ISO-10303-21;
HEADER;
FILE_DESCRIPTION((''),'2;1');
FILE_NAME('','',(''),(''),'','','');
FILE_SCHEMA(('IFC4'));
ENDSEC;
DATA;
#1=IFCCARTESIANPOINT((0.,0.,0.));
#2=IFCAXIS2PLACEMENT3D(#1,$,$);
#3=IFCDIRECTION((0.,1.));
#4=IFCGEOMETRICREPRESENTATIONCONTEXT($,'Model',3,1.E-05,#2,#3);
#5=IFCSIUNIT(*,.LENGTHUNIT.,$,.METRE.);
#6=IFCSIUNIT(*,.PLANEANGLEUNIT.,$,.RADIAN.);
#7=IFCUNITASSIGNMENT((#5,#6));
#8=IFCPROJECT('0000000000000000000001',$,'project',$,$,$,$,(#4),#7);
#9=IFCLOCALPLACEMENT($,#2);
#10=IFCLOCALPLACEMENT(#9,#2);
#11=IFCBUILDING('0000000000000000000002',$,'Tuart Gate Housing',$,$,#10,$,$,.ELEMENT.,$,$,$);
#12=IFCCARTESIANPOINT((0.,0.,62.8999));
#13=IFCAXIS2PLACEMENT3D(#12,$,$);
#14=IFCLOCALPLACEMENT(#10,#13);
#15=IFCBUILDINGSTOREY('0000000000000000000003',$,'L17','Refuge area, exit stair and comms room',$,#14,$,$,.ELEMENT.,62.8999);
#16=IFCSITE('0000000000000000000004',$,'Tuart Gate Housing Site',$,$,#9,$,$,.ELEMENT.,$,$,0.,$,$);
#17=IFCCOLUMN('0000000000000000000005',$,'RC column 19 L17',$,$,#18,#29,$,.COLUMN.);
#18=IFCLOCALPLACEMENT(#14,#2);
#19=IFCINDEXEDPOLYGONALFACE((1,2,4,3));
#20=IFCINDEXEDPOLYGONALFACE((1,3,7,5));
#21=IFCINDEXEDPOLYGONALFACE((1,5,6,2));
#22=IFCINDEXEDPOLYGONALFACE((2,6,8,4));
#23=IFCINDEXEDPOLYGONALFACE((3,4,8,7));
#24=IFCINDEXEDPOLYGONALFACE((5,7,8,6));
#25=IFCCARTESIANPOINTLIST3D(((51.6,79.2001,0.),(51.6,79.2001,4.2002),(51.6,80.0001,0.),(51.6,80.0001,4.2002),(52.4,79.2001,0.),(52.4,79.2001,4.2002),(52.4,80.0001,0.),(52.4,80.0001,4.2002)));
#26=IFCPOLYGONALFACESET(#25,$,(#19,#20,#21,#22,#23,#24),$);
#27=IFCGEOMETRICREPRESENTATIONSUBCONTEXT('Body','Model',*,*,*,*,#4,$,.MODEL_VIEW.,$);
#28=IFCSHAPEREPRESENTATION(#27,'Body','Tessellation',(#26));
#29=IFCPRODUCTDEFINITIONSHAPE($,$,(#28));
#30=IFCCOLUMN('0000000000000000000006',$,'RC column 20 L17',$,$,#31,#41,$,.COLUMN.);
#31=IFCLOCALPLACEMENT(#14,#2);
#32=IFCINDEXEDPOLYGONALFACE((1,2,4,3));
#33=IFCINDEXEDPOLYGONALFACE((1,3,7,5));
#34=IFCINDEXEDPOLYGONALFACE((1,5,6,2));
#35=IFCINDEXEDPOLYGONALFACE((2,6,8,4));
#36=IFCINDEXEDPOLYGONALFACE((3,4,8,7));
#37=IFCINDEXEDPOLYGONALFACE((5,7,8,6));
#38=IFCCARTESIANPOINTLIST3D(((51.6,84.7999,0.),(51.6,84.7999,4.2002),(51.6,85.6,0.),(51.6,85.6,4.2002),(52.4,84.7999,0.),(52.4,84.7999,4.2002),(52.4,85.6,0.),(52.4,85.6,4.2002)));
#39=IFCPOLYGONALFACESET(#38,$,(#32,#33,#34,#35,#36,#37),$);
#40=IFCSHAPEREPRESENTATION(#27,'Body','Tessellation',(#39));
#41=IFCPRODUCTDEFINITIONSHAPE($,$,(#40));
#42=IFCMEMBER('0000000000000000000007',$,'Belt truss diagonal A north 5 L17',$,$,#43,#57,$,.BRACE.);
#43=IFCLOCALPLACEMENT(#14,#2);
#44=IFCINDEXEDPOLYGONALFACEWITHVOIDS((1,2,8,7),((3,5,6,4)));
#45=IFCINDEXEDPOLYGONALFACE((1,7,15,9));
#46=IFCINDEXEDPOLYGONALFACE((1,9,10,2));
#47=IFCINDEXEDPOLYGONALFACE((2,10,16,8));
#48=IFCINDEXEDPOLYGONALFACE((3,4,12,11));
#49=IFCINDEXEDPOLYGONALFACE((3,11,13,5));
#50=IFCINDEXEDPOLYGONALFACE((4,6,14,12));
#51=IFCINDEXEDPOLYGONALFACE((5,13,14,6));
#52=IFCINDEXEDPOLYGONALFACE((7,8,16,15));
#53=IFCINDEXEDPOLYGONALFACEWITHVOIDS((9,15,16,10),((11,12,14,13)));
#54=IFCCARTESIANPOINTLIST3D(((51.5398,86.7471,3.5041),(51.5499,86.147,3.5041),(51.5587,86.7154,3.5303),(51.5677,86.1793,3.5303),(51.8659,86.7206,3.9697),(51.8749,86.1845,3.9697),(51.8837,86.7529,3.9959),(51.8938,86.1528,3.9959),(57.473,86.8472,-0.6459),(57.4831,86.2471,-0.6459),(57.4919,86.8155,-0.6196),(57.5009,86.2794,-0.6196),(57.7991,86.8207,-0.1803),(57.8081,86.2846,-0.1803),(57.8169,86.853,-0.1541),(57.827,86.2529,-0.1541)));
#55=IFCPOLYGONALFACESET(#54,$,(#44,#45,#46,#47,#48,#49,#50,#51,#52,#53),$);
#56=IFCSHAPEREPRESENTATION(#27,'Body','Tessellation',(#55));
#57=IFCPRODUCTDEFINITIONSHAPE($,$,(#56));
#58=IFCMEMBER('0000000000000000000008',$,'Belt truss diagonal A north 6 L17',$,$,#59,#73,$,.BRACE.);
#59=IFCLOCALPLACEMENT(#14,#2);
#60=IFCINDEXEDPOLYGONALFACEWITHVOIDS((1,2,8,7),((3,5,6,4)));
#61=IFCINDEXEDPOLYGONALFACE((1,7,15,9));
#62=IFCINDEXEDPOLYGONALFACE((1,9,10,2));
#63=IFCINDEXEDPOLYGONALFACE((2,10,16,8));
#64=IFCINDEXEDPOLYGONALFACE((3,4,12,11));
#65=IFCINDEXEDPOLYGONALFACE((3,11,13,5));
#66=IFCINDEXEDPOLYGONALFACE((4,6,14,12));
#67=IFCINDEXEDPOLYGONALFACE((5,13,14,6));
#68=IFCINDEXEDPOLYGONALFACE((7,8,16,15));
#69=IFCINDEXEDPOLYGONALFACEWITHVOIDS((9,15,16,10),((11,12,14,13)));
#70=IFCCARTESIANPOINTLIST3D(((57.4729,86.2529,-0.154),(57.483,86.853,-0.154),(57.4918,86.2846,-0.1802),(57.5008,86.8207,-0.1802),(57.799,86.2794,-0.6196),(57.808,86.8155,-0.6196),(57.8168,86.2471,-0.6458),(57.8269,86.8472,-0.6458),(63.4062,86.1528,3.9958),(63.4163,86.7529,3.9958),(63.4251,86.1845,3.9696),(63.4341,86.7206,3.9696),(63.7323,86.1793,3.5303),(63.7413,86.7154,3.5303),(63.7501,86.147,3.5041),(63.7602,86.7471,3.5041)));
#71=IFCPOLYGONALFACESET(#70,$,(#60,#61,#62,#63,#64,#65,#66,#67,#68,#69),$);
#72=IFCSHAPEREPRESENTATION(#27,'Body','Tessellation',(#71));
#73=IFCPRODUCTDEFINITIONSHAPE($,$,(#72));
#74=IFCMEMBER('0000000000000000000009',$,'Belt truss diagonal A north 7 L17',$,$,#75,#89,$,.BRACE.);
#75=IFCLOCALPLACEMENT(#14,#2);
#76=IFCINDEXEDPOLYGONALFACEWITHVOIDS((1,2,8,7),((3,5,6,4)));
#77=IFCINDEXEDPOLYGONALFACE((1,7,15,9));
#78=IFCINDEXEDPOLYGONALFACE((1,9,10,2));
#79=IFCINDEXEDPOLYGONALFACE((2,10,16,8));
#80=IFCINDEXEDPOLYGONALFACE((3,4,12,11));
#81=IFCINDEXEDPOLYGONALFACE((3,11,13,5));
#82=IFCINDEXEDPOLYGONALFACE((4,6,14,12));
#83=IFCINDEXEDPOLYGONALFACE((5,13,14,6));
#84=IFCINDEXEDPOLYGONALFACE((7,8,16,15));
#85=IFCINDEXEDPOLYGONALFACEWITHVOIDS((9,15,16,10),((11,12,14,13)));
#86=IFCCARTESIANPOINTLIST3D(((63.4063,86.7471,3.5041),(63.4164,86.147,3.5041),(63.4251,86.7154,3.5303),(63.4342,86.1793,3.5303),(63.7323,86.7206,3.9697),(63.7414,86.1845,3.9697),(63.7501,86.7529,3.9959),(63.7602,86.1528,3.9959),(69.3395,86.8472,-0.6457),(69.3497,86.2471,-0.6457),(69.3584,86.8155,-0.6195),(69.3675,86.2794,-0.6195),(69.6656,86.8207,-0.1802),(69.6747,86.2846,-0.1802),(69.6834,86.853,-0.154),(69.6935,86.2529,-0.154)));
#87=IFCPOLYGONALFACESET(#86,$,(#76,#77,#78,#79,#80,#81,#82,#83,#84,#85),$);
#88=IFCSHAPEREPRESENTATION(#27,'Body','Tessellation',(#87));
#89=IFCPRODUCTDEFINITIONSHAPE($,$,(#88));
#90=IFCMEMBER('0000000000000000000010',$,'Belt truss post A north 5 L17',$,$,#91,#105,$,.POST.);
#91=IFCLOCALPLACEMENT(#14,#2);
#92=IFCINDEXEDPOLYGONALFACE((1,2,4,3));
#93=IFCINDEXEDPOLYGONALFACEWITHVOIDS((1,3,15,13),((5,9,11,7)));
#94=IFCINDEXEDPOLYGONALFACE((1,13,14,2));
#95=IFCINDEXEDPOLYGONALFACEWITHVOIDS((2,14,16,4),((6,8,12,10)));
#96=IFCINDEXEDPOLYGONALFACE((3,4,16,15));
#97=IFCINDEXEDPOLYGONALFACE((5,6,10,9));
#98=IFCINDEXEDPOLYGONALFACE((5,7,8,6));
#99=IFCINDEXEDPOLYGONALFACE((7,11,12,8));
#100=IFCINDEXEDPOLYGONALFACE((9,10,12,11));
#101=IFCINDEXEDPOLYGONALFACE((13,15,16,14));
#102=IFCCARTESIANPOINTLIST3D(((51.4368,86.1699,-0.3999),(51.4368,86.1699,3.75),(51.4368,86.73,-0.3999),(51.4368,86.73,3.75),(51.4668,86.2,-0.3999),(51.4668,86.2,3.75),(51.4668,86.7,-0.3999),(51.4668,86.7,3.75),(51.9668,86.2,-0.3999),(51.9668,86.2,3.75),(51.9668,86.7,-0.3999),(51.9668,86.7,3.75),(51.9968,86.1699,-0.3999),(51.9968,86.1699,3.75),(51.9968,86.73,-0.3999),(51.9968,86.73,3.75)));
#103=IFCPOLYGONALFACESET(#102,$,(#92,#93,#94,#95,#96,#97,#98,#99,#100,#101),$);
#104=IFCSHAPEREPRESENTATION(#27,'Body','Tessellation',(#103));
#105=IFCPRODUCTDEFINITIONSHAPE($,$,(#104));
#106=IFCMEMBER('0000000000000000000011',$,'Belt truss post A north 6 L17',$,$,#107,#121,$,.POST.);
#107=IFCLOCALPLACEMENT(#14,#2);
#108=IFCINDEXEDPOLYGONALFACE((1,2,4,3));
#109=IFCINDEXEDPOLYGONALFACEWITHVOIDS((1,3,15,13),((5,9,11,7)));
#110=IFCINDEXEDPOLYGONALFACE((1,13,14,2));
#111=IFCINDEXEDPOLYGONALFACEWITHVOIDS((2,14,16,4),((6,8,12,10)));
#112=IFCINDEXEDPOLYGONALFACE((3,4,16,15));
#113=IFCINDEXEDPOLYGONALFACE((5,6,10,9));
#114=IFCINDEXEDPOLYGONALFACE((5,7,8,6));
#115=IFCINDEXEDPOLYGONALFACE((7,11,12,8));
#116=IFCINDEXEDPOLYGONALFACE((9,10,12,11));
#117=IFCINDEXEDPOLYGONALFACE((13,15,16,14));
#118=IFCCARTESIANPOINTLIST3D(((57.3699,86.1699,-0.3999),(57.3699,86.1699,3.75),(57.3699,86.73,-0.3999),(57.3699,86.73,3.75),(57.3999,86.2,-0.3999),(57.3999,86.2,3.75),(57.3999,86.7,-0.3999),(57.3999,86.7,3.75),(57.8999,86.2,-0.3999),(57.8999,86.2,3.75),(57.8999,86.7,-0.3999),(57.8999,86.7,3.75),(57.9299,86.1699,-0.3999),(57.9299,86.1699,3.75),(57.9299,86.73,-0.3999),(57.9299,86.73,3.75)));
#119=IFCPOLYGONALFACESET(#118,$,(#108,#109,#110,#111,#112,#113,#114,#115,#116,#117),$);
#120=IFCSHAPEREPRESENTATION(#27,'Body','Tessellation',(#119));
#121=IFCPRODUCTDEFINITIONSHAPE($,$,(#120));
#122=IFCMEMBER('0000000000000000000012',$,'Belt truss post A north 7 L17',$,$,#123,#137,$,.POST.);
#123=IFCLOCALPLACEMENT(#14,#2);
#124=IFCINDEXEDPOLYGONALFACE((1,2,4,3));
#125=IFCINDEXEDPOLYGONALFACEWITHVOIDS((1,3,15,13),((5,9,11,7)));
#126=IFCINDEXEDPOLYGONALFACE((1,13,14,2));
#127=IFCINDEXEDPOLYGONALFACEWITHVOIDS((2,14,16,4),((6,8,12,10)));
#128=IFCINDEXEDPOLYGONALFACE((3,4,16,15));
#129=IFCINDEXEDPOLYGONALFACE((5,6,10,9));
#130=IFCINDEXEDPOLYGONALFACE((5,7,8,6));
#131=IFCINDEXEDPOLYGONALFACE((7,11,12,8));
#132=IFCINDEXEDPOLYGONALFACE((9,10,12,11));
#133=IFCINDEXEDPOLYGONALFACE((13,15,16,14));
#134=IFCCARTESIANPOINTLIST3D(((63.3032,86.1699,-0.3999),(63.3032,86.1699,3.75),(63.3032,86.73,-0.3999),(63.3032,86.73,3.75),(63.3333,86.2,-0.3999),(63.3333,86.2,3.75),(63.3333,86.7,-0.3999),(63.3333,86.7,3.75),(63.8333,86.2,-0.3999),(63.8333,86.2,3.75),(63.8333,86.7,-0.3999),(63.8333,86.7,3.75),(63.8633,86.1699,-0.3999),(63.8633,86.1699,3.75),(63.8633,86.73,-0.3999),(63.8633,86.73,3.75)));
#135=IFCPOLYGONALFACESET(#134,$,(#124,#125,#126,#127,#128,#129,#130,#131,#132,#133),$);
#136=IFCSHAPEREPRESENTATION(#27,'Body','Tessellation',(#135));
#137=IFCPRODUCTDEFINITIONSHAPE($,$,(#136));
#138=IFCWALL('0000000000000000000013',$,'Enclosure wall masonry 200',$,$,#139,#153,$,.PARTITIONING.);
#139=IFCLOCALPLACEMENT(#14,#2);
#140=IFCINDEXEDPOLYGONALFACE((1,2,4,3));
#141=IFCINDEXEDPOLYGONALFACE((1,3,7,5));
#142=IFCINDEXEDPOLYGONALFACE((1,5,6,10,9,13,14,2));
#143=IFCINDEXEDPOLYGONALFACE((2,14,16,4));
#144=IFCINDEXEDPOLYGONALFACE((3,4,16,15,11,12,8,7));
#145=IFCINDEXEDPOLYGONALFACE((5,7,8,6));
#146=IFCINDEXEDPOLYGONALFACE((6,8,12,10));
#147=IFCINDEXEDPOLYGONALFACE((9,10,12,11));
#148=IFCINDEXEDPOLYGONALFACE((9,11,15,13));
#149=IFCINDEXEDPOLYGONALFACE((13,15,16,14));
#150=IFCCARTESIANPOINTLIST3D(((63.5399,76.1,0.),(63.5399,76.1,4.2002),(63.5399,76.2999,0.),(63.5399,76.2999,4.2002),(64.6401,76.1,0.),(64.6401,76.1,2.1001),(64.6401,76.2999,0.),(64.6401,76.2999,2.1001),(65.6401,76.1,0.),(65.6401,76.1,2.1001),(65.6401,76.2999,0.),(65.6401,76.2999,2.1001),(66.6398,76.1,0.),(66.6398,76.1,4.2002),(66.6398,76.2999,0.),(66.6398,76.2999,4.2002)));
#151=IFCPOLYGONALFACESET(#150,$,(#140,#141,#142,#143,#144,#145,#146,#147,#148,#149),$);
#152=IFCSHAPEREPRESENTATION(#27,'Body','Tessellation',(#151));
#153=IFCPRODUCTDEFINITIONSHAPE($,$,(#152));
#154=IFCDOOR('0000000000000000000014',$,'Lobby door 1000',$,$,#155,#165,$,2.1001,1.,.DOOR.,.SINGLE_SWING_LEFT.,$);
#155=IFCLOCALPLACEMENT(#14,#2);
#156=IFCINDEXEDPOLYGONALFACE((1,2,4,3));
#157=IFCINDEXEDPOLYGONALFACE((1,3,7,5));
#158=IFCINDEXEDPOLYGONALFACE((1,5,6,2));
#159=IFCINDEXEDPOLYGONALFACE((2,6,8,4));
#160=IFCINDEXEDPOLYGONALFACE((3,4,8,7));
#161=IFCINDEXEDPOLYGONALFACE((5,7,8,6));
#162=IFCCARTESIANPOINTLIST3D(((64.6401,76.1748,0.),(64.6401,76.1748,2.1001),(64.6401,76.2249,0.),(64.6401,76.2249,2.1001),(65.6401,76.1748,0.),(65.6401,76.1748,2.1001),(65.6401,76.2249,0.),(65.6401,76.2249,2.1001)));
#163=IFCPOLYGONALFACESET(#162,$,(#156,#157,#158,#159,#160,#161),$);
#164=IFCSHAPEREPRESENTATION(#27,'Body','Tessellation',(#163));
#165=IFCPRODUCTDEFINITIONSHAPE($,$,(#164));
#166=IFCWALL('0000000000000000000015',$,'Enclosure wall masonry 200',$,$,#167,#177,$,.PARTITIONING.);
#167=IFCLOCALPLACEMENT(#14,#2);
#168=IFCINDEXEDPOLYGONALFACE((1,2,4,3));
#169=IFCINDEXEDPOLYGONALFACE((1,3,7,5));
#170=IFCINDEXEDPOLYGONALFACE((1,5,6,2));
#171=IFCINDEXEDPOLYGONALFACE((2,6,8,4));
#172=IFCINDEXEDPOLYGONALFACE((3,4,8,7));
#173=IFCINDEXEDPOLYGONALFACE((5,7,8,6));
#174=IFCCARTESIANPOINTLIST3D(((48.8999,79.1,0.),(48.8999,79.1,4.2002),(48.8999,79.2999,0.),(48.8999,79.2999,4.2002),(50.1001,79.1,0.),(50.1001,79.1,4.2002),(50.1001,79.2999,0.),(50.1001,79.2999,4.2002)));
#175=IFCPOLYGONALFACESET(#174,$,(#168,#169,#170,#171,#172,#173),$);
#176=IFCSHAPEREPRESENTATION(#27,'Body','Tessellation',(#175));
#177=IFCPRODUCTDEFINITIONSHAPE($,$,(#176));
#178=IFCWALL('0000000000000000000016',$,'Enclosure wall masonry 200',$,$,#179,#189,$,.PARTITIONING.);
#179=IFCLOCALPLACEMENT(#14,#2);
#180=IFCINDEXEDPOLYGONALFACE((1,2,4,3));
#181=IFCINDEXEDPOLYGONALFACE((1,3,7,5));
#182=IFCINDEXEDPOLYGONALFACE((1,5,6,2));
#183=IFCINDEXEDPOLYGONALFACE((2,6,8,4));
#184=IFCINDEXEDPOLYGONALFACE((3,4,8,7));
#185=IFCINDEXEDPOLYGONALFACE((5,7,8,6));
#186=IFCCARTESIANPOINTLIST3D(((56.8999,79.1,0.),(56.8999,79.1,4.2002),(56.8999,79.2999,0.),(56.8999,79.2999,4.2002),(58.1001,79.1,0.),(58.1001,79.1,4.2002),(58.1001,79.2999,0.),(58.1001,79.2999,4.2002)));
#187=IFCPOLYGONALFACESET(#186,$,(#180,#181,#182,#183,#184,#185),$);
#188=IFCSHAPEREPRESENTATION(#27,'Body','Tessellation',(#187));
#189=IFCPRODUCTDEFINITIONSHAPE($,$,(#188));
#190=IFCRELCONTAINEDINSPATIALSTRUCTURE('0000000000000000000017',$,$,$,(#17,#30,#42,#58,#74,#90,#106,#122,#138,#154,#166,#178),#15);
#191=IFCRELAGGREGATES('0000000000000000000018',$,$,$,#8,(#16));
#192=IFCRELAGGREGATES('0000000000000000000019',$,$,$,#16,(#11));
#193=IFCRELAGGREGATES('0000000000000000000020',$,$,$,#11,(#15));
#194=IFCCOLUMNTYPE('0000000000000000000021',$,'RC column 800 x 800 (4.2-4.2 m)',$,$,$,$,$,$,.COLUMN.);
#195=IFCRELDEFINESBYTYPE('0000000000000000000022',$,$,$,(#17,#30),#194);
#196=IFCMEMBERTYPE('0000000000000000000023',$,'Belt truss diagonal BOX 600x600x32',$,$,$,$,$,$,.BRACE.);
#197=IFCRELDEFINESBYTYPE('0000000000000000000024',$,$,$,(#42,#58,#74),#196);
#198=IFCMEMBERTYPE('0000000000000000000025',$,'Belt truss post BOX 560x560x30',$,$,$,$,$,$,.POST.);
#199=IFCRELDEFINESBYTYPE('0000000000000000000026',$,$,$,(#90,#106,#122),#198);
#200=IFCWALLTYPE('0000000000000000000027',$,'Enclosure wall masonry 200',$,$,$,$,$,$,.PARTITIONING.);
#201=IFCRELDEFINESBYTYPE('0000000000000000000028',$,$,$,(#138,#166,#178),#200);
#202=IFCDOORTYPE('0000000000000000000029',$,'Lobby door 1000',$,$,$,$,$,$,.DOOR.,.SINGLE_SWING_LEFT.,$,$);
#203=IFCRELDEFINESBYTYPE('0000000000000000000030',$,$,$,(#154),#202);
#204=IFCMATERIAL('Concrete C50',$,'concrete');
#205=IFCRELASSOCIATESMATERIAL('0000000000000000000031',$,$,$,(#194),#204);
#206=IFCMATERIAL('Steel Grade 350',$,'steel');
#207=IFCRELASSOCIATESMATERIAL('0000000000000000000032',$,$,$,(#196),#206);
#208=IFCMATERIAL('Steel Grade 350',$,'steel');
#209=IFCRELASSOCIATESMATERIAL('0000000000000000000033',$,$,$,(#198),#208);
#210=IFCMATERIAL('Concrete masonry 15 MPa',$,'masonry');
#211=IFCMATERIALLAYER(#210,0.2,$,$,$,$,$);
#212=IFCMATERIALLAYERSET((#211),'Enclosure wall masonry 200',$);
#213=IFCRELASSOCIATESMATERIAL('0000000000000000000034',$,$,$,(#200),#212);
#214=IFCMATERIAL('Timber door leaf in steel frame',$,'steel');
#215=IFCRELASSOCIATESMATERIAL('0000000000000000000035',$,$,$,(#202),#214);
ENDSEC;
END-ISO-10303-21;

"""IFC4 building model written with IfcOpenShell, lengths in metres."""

from ifc_helpers import new_model, si_unit, direction, frame, frame_2d, origin, origin_2d, place, context, subcontext, project, spatial, rectangle, hollow_rectangle, extrude, material, layer, layer_set, material_profile, profile_set, type_object, element, fill, save


model = new_model("IFC4")

# Units and contexts
model_context = context("Model", 3, precision=1e-05, world=origin(), true_north=direction((0.0, 1.0)))
body_context = subcontext(model_context, "Body", "Model", "MODEL_VIEW")
ifc_project = project(units=[si_unit("LENGTHUNIT", "METRE"), si_unit("PLANEANGLEUNIT", "RADIAN")], contexts=[model_context])

# Site, building, storey
site_placement = place(None, origin())
site = spatial("IfcSite", under=ifc_project, at=site_placement, Name="Tuart Gate Housing Site", CompositionType="ELEMENT", RefElevation=0.0)
building_placement = place(site_placement, origin())
building = spatial("IfcBuilding", under=site, at=building_placement, Name="Tuart Gate Housing", CompositionType="ELEMENT")
storey_placement = place(building_placement, frame((0.0, 0.0, 62.8999)))
storey = spatial("IfcBuildingStorey", under=building, at=storey_placement, Name="L17", Description="Refuge area, exit stair and comms room", CompositionType="ELEMENT", Elevation=62.8999)

# Columns
ifc_material_1 = material(Name="Concrete C50", Category="concrete")
ifc_material_profile_1 = material_profile(ifc_material_1, rectangle(XDim=0.8, YDim=0.8, at=origin_2d()), Name="RC column 800 x 800 (4.2-4.2 m)")
ifc_profile_set_1 = profile_set([ifc_material_profile_1], Name="Concrete C50")
column_type = type_object("IfcColumnType", Name="RC column 800 x 800 (4.2-4.2 m)", PredefinedType="COLUMN", material=ifc_profile_set_1)
for number, where, z_axis, x_axis, name in (
    (1, (52.0, 79.6001, 0.0), (0.0, 0.0, 1.0), (1.0, 0.0, 0.0), "RC column 19 L17"),
    (2, (52.0, 85.2, 0.0), (0.0, 0.0, 1.0), (1.0, 0.0, 0.0), "RC column 20 L17"),
):
    element("IfcColumn", number, at=place(storey_placement, frame(where, z_axis=z_axis, x_axis=x_axis)), inside=storey, type_object=column_type, Name=name, PredefinedType="COLUMN", context=body_context, shape_type="SweptSolid", body=[
        extrude(rectangle(XDim=0.8, YDim=0.8, at=origin_2d()), origin(), (0.0, 0.0, 1.0), 4.2002),
    ])

# Members
ifc_material_2 = material(Name="Steel Grade 350", Category="steel")
ifc_material_profile_2 = material_profile(ifc_material_2, hollow_rectangle(XDim=0.6001, YDim=0.6001, WallThickness=0.032, at=origin_2d()), Name="BOX 600x600x32")
ifc_profile_set_2 = profile_set([ifc_material_profile_2], Name="Steel Grade 350")
member_type_1 = type_object("IfcMemberType", Name="Belt truss diagonal BOX 600x600x32", PredefinedType="BRACE", material=ifc_profile_set_2)
for number, where, z_axis, x_axis, name in (
    (3, (51.7168, 86.45, 3.75), (0.819366, 0.013824, -0.573104), (-0.016869, 0.999858, 0.0), "Belt truss diagonal A north 5 L17"),
    (4, (57.6499, 86.55, -0.3999), (0.819377, -0.013823, 0.573088), (0.016868, 0.999858, 0.0), "Belt truss diagonal A north 6 L17"),
    (5, (63.5833, 86.45, 3.75), (0.819377, 0.013823, -0.573088), (-0.016868, 0.999858, 0.0), "Belt truss diagonal A north 7 L17"),
):
    element("IfcMember", number, at=place(storey_placement, frame(where, z_axis=z_axis, x_axis=x_axis)), inside=storey, type_object=member_type_1, Name=name, PredefinedType="BRACE", context=body_context, shape_type="SweptSolid", body=[
        extrude(hollow_rectangle(XDim=0.6001, YDim=0.6001, WallThickness=0.032, at=origin_2d()), origin(), (0.0, 0.0, 1.0), 7.2412),
    ])
ifc_material_3 = material(Name="Steel Grade 350", Category="steel")
ifc_material_profile_3 = material_profile(ifc_material_3, hollow_rectangle(XDim=0.5601, YDim=0.5601, WallThickness=0.03, at=origin_2d()), Name="BOX 560x560x30")
ifc_profile_set_3 = profile_set([ifc_material_profile_3], Name="Steel Grade 350")
member_type_2 = type_object("IfcMemberType", Name="Belt truss post BOX 560x560x30", PredefinedType="POST", material=ifc_profile_set_3)
for number, where, z_axis, x_axis, name in (
    (6, (51.7168, 86.45, -0.3999), (0.0, 0.0, 1.0), (1.0, 0.0, 0.0), "Belt truss post A north 5 L17"),
    (7, (57.6499, 86.45, -0.3999), (0.0, 0.0, 1.0), (1.0, 0.0, 0.0), "Belt truss post A north 6 L17"),
    (8, (63.5833, 86.45, -0.3999), (0.0, 0.0, 1.0), (1.0, 0.0, 0.0), "Belt truss post A north 7 L17"),
):
    element("IfcMember", number, at=place(storey_placement, frame(where, z_axis=z_axis, x_axis=x_axis)), inside=storey, type_object=member_type_2, Name=name, PredefinedType="POST", context=body_context, shape_type="SweptSolid", body=[
        extrude(hollow_rectangle(XDim=0.5601, YDim=0.5601, WallThickness=0.03, at=origin_2d()), origin(), (0.0, 0.0, 1.0), 4.1499),
    ])

# Wall, opening, door
ifc_material_4 = material(Name="Concrete masonry 15 MPa", Category="masonry")
ifc_layer = layer(ifc_material_4, 0.2)
ifc_layer_set = layer_set([ifc_layer], Name="Enclosure wall masonry 200")
wall_type = type_object("IfcWallType", Name="Enclosure wall masonry 200", PredefinedType="PARTITIONING", material=ifc_layer_set)
wall_1_placement = place(storey_placement, frame((63.54, 76.2, 0.0), z_axis=(0.0, 0.0, 1.0), x_axis=(1.0, 0.0, 0.0)))
wall_1 = element("IfcWall", 9, at=wall_1_placement, inside=storey, type_object=wall_type, Name="Enclosure wall masonry 200", PredefinedType="PARTITIONING", context=body_context, shape_type="SweptSolid", body=[
    extrude(rectangle(XDim=3.0999, YDim=0.2, at=frame_2d((1.5498, 0.0))), origin(), (0.0, 0.0, 1.0), 4.2002),
])
opening_1_placement = place(wall_1_placement, frame((1.1001, 0.0, 0.0)))
opening_1 = element("IfcOpeningElement", 10, at=opening_1_placement, cuts=wall_1, PredefinedType="OPENING", context=body_context, shape_type="SweptSolid", body=[
    extrude(rectangle(XDim=1.0, YDim=2.1001, at=frame_2d((0.5, 1.05))), frame((0.0, 0.1099, 0.0), z_axis=(0.0, -1.0, 0.0), x_axis=(1.0, 0.0, 0.0)), (0.0, 0.0, 1.0), 0.22),
])
ifc_material_5 = material(Name="Timber door leaf in steel frame", Category="steel")
door_type_1 = type_object("IfcDoorType", Name="Lobby door 1000", OperationType="SINGLE_SWING_LEFT", PredefinedType="DOOR", material=ifc_material_5)
door_1_placement = place(opening_1_placement, origin())
door_1 = element("IfcDoor", 11, at=door_1_placement, inside=storey, type_object=door_type_1, Name="Lobby door 1000", OperationType="SINGLE_SWING_LEFT", OverallHeight=2.1001, OverallWidth=1.0, PredefinedType="DOOR", context=body_context, shape_type="SweptSolid", body=[
    extrude(rectangle(XDim=1.0, YDim=2.1001, at=frame_2d((0.5, 1.05))), frame((0.0, 0.0249, 0.0), z_axis=(0.0, -1.0, 0.0), x_axis=(1.0, 0.0, 0.0)), (0.0, 0.0, 1.0), 0.05),
])
fill(opening_1, door_1)

# Walls
for number, where, z_axis, x_axis, name in (
    (12, (48.8999, 79.2, 0.0), (0.0, 0.0, 1.0), (1.0, 0.0, 0.0), "Enclosure wall masonry 200"),
    (13, (56.8999, 79.2, 0.0), (0.0, 0.0, 1.0), (1.0, 0.0, 0.0), "Enclosure wall masonry 200"),
):
    element("IfcWall", number, at=place(storey_placement, frame(where, z_axis=z_axis, x_axis=x_axis)), inside=storey, type_object=wall_type, Name=name, PredefinedType="PARTITIONING", context=body_context, shape_type="SweptSolid", body=[
        extrude(rectangle(XDim=1.2002, YDim=0.2, at=frame_2d((0.6001, 0.0))), origin(), (0.0, 0.0, 1.0), 4.2002),
    ])

save(model, "model.ifc")
